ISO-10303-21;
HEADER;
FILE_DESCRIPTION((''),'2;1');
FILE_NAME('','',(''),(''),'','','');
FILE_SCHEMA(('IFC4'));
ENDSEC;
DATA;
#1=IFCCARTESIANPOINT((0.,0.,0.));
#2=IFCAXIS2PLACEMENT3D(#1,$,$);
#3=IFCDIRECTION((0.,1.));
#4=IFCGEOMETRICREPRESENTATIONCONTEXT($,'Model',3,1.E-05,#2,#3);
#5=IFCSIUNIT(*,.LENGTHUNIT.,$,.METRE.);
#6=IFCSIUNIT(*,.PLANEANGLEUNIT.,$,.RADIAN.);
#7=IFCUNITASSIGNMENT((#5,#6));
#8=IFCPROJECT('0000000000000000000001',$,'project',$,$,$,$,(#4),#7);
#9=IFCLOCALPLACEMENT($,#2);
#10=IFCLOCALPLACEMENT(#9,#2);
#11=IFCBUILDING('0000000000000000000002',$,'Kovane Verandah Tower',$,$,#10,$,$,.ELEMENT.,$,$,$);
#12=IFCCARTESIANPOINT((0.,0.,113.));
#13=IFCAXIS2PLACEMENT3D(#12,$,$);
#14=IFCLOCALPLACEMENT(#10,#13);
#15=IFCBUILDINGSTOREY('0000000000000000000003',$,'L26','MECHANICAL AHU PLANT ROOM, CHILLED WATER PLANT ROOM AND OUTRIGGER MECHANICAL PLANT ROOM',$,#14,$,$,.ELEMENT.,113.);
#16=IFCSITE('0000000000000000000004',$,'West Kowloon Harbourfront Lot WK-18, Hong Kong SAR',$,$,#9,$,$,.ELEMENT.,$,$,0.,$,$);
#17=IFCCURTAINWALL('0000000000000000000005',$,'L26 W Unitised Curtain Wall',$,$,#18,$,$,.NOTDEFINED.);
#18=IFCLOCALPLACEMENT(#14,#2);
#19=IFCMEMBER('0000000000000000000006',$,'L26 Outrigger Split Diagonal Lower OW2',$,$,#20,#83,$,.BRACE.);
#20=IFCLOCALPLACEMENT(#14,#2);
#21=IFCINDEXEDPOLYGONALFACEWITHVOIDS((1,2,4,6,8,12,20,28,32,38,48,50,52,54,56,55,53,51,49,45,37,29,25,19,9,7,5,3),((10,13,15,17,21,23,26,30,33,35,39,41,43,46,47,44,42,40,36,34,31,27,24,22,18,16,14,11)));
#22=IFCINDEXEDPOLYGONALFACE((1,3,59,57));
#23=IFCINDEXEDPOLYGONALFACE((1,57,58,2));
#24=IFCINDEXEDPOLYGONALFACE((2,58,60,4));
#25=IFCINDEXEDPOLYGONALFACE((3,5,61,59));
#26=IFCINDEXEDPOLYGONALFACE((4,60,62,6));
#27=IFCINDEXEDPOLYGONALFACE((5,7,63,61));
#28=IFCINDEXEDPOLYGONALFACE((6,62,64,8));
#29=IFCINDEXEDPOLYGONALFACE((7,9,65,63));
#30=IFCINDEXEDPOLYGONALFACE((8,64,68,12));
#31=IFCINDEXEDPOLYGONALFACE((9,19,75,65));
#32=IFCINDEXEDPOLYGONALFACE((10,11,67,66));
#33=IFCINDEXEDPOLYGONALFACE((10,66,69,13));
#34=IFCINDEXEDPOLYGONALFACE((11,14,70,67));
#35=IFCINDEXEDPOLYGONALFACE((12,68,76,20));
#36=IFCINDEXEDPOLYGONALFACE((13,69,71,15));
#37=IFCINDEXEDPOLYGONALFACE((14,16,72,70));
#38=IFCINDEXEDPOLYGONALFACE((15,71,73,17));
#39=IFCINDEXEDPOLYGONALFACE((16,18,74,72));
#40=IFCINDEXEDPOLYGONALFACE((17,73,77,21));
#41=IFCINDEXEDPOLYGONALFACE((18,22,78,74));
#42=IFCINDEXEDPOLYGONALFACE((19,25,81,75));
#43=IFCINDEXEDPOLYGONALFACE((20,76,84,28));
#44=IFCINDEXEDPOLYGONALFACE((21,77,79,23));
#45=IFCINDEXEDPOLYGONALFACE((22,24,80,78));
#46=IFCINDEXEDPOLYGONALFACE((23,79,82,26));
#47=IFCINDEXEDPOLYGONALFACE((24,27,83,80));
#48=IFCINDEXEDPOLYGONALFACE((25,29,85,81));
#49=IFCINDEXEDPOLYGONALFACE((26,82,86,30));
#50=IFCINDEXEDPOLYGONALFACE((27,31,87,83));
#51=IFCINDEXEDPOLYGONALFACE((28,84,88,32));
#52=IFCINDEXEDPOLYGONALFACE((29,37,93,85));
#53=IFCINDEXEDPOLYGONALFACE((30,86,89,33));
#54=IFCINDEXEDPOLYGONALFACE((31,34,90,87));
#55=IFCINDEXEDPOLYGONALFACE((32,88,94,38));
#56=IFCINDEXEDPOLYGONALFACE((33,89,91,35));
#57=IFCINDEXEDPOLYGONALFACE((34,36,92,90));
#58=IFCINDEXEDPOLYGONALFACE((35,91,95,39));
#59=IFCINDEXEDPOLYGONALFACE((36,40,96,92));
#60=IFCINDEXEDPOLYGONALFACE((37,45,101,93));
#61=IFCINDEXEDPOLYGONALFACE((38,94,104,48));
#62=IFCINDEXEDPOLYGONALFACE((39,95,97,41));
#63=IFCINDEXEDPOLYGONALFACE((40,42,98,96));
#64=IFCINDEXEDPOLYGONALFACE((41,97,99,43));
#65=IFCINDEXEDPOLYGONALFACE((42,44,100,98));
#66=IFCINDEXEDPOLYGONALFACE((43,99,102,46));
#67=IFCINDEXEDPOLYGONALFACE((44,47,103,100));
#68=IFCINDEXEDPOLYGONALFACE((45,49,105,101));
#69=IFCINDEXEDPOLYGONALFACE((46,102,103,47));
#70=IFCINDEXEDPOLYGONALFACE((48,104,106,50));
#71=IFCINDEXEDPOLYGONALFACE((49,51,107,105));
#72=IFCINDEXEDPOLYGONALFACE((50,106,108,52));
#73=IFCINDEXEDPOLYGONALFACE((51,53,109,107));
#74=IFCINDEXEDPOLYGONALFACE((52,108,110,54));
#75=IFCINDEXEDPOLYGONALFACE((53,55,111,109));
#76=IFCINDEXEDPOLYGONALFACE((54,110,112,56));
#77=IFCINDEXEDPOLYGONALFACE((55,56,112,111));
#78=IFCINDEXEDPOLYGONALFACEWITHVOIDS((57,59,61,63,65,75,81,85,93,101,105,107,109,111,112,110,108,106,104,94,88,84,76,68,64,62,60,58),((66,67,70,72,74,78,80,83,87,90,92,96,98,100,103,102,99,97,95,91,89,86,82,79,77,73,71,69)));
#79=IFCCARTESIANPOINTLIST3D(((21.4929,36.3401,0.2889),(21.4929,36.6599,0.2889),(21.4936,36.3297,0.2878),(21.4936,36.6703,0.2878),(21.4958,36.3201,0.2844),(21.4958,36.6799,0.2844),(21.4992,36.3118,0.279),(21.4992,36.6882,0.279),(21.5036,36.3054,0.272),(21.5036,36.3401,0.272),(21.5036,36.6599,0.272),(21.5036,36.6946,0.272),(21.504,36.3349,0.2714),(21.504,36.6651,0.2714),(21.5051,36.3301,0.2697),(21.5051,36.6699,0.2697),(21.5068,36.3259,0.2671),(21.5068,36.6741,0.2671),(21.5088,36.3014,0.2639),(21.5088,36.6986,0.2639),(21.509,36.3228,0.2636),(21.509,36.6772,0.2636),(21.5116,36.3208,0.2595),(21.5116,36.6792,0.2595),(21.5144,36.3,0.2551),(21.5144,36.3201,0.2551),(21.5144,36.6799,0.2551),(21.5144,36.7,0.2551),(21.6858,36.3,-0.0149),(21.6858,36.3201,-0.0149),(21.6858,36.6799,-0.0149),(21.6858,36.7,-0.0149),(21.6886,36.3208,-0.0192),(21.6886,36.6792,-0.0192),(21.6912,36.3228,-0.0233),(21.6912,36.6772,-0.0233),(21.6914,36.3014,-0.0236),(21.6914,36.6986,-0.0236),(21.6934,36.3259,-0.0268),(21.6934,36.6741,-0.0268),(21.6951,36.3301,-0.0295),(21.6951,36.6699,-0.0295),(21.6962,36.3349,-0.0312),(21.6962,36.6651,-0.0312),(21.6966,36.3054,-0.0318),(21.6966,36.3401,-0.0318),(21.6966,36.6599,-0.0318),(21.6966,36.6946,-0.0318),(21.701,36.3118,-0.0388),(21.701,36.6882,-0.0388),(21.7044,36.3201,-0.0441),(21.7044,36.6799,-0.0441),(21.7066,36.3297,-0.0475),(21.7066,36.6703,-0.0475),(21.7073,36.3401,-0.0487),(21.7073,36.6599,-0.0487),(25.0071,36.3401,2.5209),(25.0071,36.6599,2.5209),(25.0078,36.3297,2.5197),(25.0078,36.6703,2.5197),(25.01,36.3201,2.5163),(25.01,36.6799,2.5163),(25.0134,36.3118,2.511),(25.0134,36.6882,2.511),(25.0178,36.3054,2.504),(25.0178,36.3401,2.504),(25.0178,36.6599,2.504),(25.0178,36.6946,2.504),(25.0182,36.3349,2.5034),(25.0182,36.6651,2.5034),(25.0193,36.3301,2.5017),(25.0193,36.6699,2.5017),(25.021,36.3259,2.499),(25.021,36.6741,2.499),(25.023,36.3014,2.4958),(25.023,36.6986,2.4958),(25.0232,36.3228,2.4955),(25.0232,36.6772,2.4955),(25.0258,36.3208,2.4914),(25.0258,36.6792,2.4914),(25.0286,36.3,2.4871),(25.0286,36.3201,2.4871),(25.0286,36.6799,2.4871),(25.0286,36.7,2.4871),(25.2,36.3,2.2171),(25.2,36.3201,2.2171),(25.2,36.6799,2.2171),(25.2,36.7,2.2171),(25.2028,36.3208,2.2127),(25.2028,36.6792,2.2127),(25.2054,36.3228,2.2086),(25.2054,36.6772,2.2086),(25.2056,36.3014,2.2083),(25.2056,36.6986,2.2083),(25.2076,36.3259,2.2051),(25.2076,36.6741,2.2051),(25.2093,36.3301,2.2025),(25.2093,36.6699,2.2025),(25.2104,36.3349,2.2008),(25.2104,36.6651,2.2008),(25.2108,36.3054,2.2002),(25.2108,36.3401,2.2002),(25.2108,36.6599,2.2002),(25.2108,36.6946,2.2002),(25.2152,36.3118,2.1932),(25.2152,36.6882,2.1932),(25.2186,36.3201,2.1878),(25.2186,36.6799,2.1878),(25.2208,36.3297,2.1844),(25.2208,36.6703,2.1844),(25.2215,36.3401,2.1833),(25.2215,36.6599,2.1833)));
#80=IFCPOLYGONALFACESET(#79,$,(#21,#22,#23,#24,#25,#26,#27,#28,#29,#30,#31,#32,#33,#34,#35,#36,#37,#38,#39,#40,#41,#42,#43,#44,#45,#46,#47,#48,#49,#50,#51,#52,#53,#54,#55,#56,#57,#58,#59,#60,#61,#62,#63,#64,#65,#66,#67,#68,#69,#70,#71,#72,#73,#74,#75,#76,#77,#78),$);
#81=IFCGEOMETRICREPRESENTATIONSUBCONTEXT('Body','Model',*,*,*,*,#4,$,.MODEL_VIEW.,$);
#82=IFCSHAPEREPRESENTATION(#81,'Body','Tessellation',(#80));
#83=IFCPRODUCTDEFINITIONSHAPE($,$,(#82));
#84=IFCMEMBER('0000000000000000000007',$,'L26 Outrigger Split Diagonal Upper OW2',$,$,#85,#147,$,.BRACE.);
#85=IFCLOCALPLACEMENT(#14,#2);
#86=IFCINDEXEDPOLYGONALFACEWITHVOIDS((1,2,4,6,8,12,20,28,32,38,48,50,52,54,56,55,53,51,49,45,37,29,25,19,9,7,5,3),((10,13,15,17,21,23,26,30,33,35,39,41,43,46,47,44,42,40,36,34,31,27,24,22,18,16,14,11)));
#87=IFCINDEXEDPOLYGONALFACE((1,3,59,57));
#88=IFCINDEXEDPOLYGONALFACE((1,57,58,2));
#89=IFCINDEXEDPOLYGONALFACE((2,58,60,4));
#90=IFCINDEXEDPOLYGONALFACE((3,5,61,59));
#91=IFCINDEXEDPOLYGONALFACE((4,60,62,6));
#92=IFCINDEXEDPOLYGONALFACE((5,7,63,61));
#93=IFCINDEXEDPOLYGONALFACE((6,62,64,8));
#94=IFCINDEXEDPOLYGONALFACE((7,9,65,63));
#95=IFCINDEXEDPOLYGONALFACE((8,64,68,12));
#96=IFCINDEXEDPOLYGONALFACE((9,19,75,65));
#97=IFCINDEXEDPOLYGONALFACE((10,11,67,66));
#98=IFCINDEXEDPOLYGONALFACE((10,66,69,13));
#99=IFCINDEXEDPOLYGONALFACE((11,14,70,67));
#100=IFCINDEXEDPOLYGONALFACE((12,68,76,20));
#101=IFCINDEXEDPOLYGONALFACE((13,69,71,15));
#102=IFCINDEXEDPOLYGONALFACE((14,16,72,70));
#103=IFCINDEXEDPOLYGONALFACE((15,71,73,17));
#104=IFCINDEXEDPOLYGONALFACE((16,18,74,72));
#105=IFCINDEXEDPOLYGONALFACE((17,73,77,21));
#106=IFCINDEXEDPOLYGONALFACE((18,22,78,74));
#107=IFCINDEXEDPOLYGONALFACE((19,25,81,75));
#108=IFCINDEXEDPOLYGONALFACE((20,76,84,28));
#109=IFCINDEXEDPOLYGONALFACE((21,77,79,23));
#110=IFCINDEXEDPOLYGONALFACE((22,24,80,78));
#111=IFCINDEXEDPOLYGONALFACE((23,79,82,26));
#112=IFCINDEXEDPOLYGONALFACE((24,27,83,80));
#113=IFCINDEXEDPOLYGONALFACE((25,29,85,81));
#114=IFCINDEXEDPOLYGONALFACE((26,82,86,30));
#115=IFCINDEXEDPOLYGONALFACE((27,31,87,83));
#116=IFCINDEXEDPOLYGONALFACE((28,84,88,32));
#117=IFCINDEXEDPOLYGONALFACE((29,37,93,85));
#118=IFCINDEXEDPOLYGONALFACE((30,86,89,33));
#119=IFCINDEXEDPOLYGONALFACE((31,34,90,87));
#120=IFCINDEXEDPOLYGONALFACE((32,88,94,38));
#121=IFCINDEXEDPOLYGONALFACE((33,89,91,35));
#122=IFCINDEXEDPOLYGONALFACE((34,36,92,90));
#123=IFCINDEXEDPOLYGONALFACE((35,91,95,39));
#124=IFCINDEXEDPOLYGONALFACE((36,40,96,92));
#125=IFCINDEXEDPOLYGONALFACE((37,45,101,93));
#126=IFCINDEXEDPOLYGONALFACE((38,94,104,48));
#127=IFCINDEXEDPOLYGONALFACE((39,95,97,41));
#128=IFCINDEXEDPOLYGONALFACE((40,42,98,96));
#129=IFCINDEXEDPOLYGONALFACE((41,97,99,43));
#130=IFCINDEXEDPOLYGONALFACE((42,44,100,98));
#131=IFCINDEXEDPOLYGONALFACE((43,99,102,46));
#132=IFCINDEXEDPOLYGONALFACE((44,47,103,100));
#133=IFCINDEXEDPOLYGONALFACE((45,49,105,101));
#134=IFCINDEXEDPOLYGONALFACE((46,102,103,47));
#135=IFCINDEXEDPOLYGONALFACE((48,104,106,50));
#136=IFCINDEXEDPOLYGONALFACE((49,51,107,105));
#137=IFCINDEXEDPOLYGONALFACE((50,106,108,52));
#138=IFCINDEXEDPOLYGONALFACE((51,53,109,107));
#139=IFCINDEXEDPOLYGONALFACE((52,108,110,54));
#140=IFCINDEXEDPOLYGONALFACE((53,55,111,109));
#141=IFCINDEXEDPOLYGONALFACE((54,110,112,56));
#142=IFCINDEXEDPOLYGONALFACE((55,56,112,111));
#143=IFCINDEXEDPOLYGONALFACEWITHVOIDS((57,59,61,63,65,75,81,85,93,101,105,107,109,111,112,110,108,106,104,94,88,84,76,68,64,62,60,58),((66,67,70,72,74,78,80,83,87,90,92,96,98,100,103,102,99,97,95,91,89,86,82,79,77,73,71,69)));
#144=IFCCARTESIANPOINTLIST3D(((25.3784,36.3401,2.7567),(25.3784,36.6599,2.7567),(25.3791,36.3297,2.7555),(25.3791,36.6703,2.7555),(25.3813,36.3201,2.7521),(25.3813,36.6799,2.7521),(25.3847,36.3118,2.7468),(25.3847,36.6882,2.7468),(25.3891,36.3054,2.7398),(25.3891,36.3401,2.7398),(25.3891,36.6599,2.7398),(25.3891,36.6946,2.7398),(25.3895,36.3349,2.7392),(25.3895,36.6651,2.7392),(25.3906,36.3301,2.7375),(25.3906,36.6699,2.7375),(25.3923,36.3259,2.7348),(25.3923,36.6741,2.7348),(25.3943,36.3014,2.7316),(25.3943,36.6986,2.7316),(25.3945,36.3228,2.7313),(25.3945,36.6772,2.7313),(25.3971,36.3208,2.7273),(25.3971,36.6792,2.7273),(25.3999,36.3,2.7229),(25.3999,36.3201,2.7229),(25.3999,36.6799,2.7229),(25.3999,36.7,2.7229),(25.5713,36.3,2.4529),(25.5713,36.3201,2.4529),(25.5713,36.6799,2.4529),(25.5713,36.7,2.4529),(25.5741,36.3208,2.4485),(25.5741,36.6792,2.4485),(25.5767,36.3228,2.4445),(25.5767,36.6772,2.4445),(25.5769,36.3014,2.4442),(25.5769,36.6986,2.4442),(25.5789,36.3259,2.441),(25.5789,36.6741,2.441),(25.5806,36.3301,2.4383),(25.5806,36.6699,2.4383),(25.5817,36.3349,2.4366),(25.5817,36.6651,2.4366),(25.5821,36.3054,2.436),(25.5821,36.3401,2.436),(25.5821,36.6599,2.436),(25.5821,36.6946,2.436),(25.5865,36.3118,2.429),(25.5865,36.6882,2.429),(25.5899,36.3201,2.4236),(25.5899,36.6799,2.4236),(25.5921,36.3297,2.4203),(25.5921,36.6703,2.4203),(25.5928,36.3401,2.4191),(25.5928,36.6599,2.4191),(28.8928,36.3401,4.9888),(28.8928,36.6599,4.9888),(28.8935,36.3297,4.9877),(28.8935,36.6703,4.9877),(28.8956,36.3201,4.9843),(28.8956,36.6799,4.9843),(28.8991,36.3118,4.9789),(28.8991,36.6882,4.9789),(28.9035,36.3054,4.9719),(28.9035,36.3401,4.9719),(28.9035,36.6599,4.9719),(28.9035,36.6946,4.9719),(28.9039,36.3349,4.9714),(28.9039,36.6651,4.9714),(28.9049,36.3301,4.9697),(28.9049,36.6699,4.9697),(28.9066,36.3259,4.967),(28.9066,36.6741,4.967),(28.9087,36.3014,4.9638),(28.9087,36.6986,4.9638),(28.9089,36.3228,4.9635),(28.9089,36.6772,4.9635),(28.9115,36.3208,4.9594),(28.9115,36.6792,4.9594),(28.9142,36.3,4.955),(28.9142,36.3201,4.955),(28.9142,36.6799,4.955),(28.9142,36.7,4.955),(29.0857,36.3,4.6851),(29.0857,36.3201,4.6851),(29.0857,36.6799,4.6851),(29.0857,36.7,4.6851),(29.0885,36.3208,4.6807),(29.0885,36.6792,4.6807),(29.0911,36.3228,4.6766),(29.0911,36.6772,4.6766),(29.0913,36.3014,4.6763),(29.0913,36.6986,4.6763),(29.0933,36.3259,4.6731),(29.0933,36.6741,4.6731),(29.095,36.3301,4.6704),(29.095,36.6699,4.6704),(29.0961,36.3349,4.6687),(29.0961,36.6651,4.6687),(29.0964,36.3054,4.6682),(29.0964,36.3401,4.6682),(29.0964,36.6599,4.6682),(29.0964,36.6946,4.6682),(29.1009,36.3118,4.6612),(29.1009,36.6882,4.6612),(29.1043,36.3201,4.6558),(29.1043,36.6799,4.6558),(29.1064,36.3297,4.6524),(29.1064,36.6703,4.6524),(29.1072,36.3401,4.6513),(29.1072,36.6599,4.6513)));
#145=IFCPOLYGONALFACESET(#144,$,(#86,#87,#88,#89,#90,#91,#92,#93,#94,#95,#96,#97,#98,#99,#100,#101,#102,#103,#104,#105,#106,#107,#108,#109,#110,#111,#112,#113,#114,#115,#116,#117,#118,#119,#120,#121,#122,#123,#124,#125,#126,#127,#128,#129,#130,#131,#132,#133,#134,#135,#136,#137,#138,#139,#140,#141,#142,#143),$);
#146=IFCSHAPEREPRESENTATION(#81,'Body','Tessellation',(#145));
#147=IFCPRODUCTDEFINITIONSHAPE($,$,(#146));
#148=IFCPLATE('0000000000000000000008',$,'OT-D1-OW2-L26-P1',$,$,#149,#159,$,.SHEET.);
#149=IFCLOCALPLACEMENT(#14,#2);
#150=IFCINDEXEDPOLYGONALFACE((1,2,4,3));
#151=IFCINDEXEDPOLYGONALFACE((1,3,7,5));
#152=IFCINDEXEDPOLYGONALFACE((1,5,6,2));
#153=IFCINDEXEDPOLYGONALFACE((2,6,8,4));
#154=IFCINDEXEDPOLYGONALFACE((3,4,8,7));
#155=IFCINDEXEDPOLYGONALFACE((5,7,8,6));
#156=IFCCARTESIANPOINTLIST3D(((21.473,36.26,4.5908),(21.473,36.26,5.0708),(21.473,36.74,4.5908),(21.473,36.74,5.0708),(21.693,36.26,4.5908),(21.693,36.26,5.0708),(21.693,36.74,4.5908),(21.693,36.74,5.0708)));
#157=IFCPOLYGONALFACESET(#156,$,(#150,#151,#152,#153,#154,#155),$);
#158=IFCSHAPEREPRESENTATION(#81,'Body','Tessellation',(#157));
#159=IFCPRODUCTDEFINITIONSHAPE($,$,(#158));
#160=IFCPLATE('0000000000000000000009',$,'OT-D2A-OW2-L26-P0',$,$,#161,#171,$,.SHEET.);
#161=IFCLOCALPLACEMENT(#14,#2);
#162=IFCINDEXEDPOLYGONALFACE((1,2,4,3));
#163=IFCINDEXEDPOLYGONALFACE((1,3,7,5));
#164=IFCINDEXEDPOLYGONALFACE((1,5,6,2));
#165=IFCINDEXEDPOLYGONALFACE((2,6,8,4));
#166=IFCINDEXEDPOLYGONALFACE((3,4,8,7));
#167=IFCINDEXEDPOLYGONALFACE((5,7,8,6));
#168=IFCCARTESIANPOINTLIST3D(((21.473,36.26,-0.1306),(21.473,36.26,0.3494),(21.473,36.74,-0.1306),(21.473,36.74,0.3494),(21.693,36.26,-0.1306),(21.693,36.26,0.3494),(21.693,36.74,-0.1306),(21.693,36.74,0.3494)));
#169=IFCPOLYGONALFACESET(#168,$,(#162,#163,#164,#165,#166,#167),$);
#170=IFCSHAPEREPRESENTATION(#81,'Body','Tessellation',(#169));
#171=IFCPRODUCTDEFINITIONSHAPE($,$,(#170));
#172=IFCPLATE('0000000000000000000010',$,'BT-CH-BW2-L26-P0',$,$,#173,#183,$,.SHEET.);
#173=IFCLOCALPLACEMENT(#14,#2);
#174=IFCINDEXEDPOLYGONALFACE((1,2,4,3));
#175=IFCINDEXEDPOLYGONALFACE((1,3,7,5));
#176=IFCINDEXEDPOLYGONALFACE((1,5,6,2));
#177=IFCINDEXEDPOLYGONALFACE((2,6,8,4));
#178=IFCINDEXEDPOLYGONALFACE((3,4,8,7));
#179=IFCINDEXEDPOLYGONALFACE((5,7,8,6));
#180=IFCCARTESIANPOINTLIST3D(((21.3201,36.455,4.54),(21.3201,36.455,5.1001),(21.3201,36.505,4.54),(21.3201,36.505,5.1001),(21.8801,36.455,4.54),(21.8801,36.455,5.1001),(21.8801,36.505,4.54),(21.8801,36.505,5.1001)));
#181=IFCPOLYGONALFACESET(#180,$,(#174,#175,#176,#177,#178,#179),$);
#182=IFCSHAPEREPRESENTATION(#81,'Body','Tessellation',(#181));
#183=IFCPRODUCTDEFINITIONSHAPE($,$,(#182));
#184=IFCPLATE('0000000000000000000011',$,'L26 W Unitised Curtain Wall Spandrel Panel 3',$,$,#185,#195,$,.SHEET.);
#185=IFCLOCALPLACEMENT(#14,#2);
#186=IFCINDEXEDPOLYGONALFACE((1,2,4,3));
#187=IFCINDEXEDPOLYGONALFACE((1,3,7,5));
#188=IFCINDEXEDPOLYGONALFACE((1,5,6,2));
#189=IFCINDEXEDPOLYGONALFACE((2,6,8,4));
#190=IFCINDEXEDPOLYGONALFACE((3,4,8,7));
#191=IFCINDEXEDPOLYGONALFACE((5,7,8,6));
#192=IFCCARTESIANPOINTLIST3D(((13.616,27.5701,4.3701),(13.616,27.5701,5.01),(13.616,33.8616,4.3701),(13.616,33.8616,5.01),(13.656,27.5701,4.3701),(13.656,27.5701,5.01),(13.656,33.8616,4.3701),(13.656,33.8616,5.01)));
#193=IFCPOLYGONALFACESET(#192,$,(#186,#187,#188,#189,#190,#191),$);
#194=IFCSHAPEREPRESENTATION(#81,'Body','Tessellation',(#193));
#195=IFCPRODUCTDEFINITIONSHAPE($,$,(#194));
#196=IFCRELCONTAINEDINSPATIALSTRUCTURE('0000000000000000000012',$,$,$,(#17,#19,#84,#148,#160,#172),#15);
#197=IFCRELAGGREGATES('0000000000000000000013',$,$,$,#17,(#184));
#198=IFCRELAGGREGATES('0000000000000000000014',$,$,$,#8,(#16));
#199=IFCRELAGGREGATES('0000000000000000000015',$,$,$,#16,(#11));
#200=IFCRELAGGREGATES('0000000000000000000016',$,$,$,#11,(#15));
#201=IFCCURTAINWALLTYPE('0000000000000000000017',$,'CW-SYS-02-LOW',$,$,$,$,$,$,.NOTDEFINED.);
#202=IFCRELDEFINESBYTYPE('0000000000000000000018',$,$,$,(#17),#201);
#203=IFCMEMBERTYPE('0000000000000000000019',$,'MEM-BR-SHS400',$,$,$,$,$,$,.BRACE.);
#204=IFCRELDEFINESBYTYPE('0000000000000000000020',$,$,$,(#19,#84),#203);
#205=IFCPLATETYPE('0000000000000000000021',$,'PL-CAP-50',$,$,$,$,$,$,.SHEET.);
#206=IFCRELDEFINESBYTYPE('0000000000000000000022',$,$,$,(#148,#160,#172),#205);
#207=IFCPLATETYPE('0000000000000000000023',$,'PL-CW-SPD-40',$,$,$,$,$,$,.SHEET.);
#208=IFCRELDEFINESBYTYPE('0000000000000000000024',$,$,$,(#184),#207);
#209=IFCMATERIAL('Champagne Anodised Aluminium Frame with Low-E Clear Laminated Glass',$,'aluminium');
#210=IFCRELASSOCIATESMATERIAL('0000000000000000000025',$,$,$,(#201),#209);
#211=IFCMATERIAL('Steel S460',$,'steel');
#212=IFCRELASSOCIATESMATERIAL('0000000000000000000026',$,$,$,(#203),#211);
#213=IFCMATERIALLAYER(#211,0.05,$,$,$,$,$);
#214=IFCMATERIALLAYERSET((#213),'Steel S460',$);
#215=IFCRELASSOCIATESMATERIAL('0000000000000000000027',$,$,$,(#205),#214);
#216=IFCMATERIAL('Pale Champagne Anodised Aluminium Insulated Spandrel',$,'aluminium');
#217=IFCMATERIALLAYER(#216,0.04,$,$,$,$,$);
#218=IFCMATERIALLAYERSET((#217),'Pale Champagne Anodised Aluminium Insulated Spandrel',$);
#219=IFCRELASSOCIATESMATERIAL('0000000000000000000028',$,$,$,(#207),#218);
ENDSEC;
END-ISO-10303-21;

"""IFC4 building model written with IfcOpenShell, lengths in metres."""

from ifc_helpers import new_model, si_unit, direction, frame, origin, origin_2d, place, context, subcontext, project, spatial, rectangle, hollow_rectangle, extrude, material, layer, layer_set, material_profile, profile_set, type_object, element, aggregate, save


model = new_model("IFC4")

# Units and contexts
model_context = context("Model", 3, precision=1e-05, world=origin(), true_north=direction((0.0, 1.0)))
body_context = subcontext(model_context, "Body", "Model", "MODEL_VIEW")
ifc_project = project(units=[si_unit("LENGTHUNIT", "METRE"), si_unit("PLANEANGLEUNIT", "RADIAN")], contexts=[model_context])

# Site, building, storey
site_placement = place(None, origin())
site = spatial("IfcSite", under=ifc_project, at=site_placement, Name="West Kowloon Harbourfront Lot WK-18, Hong Kong SAR", CompositionType="ELEMENT", RefElevation=0.0)
building_placement = place(site_placement, origin())
building = spatial("IfcBuilding", under=site, at=building_placement, Name="Kovane Verandah Tower", CompositionType="ELEMENT")
storey_placement = place(building_placement, frame((0.0, 0.0, 113.0)))
storey = spatial("IfcBuildingStorey", under=building, at=storey_placement, Name="L26", Description="MECHANICAL AHU PLANT ROOM, CHILLED WATER PLANT ROOM AND OUTRIGGER MECHANICAL PLANT ROOM", CompositionType="ELEMENT", Elevation=113.0)

# Shared definitions
ifc_material_1 = material(Name="Steel S460", Category="steel")

# Curtain wall
ifc_material_2 = material(Name="Champagne Anodised Aluminium Frame with Low-E Clear Laminated Glass", Category="aluminium")
curtain_wall_type = type_object("IfcCurtainWallType", Name="CW-SYS-02-LOW", PredefinedType="NOTDEFINED", material=ifc_material_2)
curtain_wall_placement = place(storey_placement, origin())
curtain_wall = element("IfcCurtainWall", 1, at=curtain_wall_placement, inside=storey, type_object=curtain_wall_type, Name="L26 W Unitised Curtain Wall", PredefinedType="NOTDEFINED")

# Members
ifc_material_profile_1 = material_profile(ifc_material_1, hollow_rectangle(XDim=0.3999, YDim=0.3999, WallThickness=0.02, InnerFilletRadius=0.02, OuterFilletRadius=0.04, at=origin_2d()), Name="SHS400x400x20")
ifc_profile_set_1 = profile_set([ifc_material_profile_1], Name="Steel S460")
member_type_1 = type_object("IfcMemberType", Name="MEM-BR-SHS400", PredefinedType="BRACE", material=ifc_profile_set_1)
member_1_placement = place(storey_placement, frame((21.6001, 36.5, 0.1201), z_axis=(0.844134, 0.0, 0.536132), x_axis=(0.0, 1.0, 0.0)))
element("IfcMember", 2, at=member_1_placement, inside=storey, type_object=member_type_1, Name="L26 Outrigger Split Diagonal Lower OW2", PredefinedType="BRACE", context=body_context, shape_type="SweptSolid", body=[
    extrude(hollow_rectangle(XDim=0.3999, YDim=0.3999, WallThickness=0.02, InnerFilletRadius=0.02, OuterFilletRadius=0.04, at=origin_2d()), origin(), (0.0, 0.0, 1.0), 4.1631),
])
member_2_placement = place(storey_placement, frame((25.4856, 36.5, 2.5879), z_axis=(0.844125, 0.0, 0.536147), x_axis=(0.0, 1.0, 0.0)))
element("IfcMember", 3, at=member_2_placement, inside=storey, type_object=member_type_1, Name="L26 Outrigger Split Diagonal Upper OW2", PredefinedType="BRACE", context=body_context, shape_type="SweptSolid", body=[
    extrude(hollow_rectangle(XDim=0.3999, YDim=0.3999, WallThickness=0.02, InnerFilletRadius=0.02, OuterFilletRadius=0.04, at=origin_2d()), origin(), (0.0, 0.0, 1.0), 4.1633),
])

# Plates
ifc_layer_1 = layer(ifc_material_1, 0.05)
ifc_layer_set_1 = layer_set([ifc_layer_1], Name="Steel S460")
plate_type_1 = type_object("IfcPlateType", Name="PL-CAP-50", PredefinedType="SHEET", material=ifc_layer_set_1)
for number, where, z_axis, x_axis, name in (
    (4, (21.583, 36.5, 4.5908), (0.0, 0.0, 1.0), (-1.0, 0.0, 0.0), "OT-D1-OW2-L26-P1"),
    (5, (21.583, 36.5, -0.1306), (0.0, 0.0, 1.0), (1.0, 0.0, 0.0), "OT-D2A-OW2-L26-P0"),
):
    element("IfcPlate", number, at=place(storey_placement, frame(where, z_axis=z_axis, x_axis=x_axis)), inside=storey, type_object=plate_type_1, Name=name, PredefinedType="SHEET", context=body_context, shape_type="SweptSolid", body=[
        extrude(rectangle(XDim=0.22, YDim=0.48, at=origin_2d()), origin(), (0.0, 0.0, 1.0), 0.48),
    ])
plate_1_placement = place(storey_placement, frame((21.6001, 36.48, 4.54), z_axis=(0.0, 0.0, 1.0), x_axis=(0.0, 1.0, 0.0)))
element("IfcPlate", 6, at=plate_1_placement, inside=storey, type_object=plate_type_1, Name="BT-CH-BW2-L26-P0", PredefinedType="SHEET", context=body_context, shape_type="SweptSolid", body=[
    extrude(rectangle(XDim=0.05, YDim=0.5601, at=origin_2d()), origin(), (0.0, 0.0, 1.0), 0.5601),
])

# Plate
ifc_material_3 = material(Name="Pale Champagne Anodised Aluminium Insulated Spandrel", Category="aluminium")
ifc_layer_2 = layer(ifc_material_3, 0.04)
ifc_layer_set_2 = layer_set([ifc_layer_2], Name="Pale Champagne Anodised Aluminium Insulated Spandrel")
plate_type_2 = type_object("IfcPlateType", Name="PL-CW-SPD-40", PredefinedType="SHEET", material=ifc_layer_set_2)
plate_2_placement = place(storey_placement, frame((13.636, 30.7158, 4.3701), z_axis=(0.0, 0.0, 1.0), x_axis=(0.0, -1.0, 0.0)))
plate_2 = element("IfcPlate", 7, at=plate_2_placement, type_object=plate_type_2, Name="L26 W Unitised Curtain Wall Spandrel Panel 3", PredefinedType="SHEET", context=body_context, shape_type="SweptSolid", body=[
    extrude(rectangle(XDim=6.2915, YDim=0.04, at=origin_2d()), origin(), (0.0, 0.0, 1.0), 0.6399),
])
aggregate(curtain_wall, [plate_2])

save(model, "model.ifc")
